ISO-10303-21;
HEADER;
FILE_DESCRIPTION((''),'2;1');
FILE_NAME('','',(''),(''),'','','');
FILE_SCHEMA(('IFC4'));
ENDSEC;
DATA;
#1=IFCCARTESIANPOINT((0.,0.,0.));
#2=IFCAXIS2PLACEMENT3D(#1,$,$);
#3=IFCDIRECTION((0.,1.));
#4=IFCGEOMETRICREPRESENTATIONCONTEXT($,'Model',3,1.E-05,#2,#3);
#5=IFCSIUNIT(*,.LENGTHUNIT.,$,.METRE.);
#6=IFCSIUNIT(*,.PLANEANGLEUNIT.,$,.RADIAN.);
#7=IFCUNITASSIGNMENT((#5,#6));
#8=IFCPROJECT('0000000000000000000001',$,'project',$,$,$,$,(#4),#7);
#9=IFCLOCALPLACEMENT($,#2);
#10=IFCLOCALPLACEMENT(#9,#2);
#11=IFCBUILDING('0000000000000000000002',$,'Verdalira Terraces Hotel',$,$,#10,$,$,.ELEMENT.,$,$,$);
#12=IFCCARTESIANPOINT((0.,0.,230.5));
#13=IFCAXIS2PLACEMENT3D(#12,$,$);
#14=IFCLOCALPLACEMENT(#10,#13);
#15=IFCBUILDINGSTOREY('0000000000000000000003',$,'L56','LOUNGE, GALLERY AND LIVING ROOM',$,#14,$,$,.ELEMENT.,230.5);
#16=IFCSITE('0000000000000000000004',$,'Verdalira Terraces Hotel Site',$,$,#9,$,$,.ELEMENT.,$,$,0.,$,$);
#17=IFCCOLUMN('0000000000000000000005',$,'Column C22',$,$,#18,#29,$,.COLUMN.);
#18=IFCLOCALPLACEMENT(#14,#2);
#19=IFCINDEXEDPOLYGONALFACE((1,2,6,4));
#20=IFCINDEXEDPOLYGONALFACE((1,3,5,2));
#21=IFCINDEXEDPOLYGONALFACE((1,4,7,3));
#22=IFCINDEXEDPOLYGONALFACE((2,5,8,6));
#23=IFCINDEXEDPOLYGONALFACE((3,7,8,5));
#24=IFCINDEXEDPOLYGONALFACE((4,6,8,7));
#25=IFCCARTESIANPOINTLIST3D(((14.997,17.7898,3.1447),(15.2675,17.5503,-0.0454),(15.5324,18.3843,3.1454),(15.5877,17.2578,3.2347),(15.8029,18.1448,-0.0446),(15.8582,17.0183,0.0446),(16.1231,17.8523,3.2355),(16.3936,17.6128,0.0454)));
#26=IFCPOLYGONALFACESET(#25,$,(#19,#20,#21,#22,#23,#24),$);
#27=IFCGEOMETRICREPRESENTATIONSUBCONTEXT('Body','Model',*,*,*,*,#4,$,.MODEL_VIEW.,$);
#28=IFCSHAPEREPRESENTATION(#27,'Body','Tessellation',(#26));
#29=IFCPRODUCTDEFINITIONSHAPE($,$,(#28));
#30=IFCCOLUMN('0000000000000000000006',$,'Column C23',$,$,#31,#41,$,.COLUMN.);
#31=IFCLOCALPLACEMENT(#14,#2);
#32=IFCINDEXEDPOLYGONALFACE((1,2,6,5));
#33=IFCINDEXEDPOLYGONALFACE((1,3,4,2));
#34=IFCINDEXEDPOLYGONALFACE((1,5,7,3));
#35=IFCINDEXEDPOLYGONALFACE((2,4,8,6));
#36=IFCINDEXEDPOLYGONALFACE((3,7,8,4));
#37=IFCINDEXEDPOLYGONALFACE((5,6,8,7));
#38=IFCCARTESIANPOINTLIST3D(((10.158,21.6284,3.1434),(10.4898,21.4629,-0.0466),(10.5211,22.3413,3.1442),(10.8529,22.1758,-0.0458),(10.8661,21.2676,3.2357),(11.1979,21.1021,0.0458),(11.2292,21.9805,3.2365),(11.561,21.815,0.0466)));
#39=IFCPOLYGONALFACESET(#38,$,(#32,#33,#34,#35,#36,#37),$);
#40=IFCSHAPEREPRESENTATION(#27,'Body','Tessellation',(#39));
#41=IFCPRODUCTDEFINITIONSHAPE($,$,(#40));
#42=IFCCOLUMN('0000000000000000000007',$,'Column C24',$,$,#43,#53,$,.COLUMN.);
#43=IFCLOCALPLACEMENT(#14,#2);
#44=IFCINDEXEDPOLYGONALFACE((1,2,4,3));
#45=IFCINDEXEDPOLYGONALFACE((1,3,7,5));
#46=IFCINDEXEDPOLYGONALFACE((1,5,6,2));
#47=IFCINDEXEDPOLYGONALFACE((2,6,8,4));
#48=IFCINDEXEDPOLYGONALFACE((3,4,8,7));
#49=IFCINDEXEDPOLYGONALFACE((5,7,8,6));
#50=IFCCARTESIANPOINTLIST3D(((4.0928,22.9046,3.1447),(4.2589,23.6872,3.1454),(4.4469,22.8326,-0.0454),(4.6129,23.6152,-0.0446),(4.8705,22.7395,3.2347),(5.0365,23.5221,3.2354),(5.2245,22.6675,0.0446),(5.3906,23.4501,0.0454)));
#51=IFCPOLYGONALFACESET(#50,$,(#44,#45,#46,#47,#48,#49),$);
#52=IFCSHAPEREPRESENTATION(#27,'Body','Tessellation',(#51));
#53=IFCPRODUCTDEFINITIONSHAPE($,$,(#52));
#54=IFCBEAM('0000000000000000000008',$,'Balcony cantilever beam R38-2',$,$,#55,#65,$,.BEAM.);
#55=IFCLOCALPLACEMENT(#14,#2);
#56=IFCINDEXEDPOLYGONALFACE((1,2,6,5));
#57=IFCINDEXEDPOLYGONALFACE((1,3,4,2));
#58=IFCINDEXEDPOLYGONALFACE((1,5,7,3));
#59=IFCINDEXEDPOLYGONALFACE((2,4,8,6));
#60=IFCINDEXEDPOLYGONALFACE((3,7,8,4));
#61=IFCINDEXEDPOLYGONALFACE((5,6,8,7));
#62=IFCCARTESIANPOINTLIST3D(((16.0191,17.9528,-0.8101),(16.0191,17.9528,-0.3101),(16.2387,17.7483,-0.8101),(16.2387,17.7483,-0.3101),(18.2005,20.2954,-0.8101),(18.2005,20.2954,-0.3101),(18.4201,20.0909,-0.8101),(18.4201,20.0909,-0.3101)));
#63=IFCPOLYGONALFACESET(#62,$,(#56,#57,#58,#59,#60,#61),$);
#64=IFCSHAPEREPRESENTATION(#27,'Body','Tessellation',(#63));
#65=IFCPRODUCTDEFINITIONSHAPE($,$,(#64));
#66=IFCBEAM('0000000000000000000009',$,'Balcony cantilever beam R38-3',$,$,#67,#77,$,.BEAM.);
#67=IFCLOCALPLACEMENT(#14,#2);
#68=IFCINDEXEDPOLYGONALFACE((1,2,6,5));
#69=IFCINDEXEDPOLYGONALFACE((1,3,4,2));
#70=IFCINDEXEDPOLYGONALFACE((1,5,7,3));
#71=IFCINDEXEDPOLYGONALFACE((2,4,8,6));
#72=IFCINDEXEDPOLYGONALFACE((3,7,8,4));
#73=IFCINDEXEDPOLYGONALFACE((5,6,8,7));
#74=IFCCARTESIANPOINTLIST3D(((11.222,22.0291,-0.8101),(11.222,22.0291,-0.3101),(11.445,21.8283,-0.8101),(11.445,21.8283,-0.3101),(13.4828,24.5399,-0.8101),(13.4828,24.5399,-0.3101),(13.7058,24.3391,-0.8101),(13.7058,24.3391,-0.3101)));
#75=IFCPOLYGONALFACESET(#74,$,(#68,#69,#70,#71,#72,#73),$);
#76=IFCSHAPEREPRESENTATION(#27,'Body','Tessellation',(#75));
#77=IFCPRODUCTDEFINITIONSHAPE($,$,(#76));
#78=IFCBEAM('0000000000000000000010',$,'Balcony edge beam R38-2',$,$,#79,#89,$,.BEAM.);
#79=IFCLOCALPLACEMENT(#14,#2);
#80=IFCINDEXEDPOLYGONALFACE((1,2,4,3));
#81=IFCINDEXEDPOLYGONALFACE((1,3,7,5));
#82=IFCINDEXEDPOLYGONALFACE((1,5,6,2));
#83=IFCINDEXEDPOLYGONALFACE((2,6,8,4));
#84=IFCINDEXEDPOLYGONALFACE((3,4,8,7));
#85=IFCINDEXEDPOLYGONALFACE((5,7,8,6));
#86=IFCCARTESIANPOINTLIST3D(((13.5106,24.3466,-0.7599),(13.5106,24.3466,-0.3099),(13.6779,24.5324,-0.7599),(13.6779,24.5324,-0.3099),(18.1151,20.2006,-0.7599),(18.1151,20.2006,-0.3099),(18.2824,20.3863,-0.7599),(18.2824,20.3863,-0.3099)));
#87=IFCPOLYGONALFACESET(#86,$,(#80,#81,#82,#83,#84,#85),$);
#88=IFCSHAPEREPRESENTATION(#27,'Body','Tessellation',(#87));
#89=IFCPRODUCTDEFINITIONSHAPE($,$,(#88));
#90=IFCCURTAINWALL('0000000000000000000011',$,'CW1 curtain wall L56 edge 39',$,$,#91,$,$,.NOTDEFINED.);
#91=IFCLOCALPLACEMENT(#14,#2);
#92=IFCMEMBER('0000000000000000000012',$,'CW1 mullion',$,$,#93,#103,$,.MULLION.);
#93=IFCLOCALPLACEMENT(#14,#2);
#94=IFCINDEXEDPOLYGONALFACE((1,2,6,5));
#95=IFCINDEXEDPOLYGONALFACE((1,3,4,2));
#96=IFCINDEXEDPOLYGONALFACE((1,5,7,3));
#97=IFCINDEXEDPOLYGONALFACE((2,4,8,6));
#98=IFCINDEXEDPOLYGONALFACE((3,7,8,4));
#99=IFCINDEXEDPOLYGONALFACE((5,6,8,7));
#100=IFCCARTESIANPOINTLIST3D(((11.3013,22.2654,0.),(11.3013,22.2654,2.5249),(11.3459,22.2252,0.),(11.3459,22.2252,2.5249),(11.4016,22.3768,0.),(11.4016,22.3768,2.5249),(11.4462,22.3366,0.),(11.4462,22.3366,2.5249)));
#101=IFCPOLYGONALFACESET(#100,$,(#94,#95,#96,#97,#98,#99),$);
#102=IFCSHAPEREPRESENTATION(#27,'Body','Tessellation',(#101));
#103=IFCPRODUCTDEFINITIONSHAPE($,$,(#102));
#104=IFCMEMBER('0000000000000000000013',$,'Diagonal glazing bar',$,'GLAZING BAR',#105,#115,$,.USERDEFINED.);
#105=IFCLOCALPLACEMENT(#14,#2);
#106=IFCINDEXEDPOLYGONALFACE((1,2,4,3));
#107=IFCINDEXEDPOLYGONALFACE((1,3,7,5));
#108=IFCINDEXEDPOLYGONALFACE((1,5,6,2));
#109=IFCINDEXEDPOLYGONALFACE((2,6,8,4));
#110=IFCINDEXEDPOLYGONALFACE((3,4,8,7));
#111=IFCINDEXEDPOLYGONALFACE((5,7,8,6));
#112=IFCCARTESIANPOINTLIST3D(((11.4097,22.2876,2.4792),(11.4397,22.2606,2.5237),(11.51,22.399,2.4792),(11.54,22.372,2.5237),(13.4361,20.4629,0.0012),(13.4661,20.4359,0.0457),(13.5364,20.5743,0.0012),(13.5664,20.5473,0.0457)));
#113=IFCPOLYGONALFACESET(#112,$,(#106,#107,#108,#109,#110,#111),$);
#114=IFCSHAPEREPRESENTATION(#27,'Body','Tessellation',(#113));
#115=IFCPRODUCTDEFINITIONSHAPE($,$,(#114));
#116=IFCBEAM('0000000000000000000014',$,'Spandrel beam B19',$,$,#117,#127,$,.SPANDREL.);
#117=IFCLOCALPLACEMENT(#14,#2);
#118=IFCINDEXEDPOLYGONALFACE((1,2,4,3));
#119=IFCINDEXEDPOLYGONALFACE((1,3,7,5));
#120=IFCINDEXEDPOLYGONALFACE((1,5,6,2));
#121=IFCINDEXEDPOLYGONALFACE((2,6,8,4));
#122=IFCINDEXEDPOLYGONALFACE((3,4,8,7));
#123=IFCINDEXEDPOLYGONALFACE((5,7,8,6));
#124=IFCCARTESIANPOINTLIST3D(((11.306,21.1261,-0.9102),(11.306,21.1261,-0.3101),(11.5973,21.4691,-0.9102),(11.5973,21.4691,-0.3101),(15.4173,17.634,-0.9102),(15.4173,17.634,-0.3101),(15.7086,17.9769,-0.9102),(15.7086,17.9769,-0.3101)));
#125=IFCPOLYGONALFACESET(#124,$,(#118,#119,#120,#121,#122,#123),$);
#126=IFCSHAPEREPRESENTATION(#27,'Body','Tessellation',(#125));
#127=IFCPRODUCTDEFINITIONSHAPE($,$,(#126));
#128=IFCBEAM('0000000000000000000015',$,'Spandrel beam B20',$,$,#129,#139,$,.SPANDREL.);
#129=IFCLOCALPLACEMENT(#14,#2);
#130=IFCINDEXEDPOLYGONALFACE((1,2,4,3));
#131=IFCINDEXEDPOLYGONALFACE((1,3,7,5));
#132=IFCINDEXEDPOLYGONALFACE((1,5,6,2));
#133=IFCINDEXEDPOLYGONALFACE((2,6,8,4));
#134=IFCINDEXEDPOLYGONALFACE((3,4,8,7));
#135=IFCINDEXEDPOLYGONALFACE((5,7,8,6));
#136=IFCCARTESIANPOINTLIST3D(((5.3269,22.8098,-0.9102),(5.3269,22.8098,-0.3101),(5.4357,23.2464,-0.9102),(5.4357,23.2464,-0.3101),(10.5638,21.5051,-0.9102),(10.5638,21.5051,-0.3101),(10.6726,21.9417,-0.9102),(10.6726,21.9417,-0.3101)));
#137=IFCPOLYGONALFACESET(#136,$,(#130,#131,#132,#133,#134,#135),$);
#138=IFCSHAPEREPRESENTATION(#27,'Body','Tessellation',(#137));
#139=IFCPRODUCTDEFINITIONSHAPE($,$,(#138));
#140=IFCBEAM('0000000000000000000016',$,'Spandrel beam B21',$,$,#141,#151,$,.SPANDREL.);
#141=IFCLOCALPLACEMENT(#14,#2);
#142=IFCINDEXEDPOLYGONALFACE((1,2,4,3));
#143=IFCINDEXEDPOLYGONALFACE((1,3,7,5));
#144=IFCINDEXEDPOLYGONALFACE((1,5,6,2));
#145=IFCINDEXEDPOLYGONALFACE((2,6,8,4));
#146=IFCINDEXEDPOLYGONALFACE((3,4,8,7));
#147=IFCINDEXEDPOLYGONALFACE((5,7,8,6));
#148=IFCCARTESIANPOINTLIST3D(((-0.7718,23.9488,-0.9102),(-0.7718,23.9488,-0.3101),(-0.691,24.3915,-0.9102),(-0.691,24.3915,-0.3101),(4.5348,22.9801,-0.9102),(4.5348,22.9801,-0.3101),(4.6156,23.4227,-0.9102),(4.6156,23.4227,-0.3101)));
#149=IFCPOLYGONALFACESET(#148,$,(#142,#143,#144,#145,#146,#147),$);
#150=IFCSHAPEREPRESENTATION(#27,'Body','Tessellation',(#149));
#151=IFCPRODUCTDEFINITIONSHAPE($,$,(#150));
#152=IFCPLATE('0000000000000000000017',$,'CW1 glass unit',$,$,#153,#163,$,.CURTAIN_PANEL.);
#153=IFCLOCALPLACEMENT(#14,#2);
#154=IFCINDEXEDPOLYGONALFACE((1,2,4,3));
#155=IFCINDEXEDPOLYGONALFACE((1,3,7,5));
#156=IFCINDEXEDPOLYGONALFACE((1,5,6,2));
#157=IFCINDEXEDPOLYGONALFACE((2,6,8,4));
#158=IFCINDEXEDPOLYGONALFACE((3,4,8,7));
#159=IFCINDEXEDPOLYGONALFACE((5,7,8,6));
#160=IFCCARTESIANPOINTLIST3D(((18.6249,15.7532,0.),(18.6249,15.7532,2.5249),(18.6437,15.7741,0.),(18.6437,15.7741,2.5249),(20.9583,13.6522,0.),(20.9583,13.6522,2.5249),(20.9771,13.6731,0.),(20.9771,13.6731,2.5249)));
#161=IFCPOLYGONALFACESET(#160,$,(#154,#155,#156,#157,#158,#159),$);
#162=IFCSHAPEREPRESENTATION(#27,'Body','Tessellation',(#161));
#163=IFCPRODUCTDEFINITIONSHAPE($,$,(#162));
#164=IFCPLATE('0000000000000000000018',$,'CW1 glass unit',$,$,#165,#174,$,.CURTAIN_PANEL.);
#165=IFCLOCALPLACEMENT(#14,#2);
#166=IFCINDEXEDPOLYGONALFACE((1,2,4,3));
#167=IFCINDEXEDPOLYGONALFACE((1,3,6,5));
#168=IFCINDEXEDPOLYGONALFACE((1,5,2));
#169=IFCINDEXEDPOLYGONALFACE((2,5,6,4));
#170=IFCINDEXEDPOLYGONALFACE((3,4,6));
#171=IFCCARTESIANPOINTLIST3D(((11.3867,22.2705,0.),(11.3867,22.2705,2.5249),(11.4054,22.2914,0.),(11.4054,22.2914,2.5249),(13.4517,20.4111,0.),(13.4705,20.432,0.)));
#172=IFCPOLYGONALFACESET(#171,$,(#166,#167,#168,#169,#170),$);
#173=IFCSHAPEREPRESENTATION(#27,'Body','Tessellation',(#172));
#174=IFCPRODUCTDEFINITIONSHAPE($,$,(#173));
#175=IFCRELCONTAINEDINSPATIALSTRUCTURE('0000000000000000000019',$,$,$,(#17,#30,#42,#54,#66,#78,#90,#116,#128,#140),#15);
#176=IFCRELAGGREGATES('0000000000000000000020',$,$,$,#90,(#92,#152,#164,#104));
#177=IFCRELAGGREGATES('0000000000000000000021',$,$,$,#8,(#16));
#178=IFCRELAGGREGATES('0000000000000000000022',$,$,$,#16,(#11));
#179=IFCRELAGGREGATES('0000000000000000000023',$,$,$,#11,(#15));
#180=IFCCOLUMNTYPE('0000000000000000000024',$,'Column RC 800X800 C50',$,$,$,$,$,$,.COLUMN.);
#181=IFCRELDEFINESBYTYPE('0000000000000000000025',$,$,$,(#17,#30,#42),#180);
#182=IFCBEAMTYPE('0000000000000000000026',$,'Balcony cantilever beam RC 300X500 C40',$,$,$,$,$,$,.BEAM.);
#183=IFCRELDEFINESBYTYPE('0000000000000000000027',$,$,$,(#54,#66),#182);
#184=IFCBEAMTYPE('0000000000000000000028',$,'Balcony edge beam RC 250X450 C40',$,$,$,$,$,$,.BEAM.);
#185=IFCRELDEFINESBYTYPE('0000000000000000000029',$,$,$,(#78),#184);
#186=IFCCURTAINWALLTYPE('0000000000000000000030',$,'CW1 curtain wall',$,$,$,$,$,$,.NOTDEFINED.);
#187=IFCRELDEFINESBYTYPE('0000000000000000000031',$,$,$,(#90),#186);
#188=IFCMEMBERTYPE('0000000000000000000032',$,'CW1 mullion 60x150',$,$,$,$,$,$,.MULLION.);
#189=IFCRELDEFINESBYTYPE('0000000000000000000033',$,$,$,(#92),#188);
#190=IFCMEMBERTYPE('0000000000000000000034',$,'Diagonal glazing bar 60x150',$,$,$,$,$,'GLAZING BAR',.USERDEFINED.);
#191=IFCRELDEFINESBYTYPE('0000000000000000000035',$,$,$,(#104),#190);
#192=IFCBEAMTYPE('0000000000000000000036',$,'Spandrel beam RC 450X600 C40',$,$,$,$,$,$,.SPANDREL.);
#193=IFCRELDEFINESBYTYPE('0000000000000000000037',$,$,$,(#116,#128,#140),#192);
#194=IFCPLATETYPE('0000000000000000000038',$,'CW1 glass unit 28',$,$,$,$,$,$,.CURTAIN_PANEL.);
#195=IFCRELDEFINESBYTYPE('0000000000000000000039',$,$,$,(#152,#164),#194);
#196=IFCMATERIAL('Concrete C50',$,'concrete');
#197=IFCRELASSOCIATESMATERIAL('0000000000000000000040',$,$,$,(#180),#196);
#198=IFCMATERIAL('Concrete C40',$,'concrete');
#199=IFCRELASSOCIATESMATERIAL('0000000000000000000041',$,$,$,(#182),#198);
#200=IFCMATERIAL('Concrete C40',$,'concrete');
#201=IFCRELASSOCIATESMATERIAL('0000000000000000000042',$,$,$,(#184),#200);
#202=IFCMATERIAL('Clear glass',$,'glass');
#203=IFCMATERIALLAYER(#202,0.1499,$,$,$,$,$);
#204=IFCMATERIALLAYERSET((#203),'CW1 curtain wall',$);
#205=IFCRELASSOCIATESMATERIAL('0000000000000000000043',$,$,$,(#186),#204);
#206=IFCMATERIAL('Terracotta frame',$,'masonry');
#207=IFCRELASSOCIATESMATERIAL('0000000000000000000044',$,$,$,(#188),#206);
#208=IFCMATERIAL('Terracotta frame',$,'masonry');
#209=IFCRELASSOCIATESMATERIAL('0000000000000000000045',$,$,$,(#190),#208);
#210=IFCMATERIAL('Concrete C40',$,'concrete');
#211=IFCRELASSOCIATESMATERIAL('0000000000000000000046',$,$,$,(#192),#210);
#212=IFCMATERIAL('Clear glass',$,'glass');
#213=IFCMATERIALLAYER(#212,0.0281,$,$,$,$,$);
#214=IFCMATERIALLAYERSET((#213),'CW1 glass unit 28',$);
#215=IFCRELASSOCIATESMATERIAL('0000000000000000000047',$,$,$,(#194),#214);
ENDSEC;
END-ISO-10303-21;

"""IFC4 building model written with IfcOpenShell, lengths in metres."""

from ifc_helpers import new_model, si_unit, direction, frame, origin, origin_2d, place, context, subcontext, project, spatial, polyline, rectangle, outline, extrude, material, layer, layer_set, material_profile, profile_set, type_object, element, aggregate, save


model = new_model("IFC4")

# Units and contexts
model_context = context("Model", 3, precision=1e-05, world=origin(), true_north=direction((0.0, 1.0)))
body_context = subcontext(model_context, "Body", "Model", "MODEL_VIEW")
ifc_project = project(units=[si_unit("LENGTHUNIT", "METRE"), si_unit("PLANEANGLEUNIT", "RADIAN")], contexts=[model_context])

# Site, building, storey
site_placement = place(None, origin())
site = spatial("IfcSite", under=ifc_project, at=site_placement, Name="Verdalira Terraces Hotel Site", CompositionType="ELEMENT", RefElevation=0.0)
building_placement = place(site_placement, origin())
building = spatial("IfcBuilding", under=site, at=building_placement, Name="Verdalira Terraces Hotel", CompositionType="ELEMENT")
storey_placement = place(building_placement, frame((0.0, 0.0, 230.5)))
storey = spatial("IfcBuildingStorey", under=building, at=storey_placement, Name="L56", Description="LOUNGE, GALLERY AND LIVING ROOM", CompositionType="ELEMENT", Elevation=230.5)

# Columns
ifc_material_1 = material(Name="Concrete C50", Category="concrete")
ifc_material_profile_1 = material_profile(ifc_material_1, rectangle(XDim=0.8, YDim=0.8, at=origin_2d()), Name="RC 800X800")
ifc_profile_set_1 = profile_set([ifc_material_profile_1], Name="Concrete C50")
column_type = type_object("IfcColumnType", Name="Column RC 800X800 C50", PredefinedType="COLUMN", material=ifc_profile_set_1)
column_1_placement = place(storey_placement, frame((15.8306, 17.5815, 0.0), z_axis=(-0.084262, 0.074603, 0.993647), x_axis=(-0.73834, 0.664973, -0.112538)))
element("IfcColumn", 1, at=column_1_placement, inside=storey, type_object=column_type, Name="Column C22", PredefinedType="COLUMN", context=body_context, shape_type="SweptSolid", body=[
    extrude(rectangle(XDim=0.8, YDim=0.8, at=origin_2d()), origin(), (0.0, 0.0, 1.0), 3.2104),
])
column_2_placement = place(storey_placement, frame((11.0254, 21.6389, 0.0), z_axis=(-0.103315, 0.051543, 0.993312), x_axis=(0.885041, -0.450968, 0.115454)))
element("IfcColumn", 2, at=column_2_placement, inside=storey, type_object=column_type, Name="Column C23", PredefinedType="COLUMN", context=body_context, shape_type="SweptSolid", body=[
    extrude(rectangle(XDim=0.8, YDim=0.8, at=origin_2d()), origin(), (0.0, 0.0, 1.0), 3.2114),
])
column_3_placement = place(storey_placement, frame((4.9187, 23.1414, 0.0), z_axis=(-0.11027, 0.022434, 0.993648), x_axis=(-0.971986, 0.206353, -0.112525)))
element("IfcColumn", 3, at=column_3_placement, inside=storey, type_object=column_type, Name="Column C24", PredefinedType="COLUMN", context=body_context, shape_type="SweptSolid", body=[
    extrude(rectangle(XDim=0.8, YDim=0.8, at=origin_2d()), origin(), (0.0, 0.0, 1.0), 3.2104),
])

# Beams
ifc_material_2 = material(Name="Concrete C40", Category="concrete")
ifc_material_profile_2 = material_profile(ifc_material_2, rectangle(XDim=0.3, YDim=0.5, at=origin_2d()), Name="RC 300X500")
ifc_profile_set_2 = profile_set([ifc_material_profile_2], Name="Concrete C40")
beam_type_1 = type_object("IfcBeamType", Name="Balcony cantilever beam RC 300X500 C40", PredefinedType="BEAM", material=ifc_profile_set_2)
beam_1_placement = place(storey_placement, frame((16.1289, 17.8506, -0.5601), z_axis=(0.681489, 0.731828, 0.0), x_axis=(-0.731828, 0.681489, 0.0)))
element("IfcBeam", 4, at=beam_1_placement, inside=storey, type_object=beam_type_1, Name="Balcony cantilever beam R38-2", PredefinedType="BEAM", context=body_context, shape_type="SweptSolid", body=[
    extrude(rectangle(XDim=0.3, YDim=0.5, at=origin_2d()), origin(), (0.0, 0.0, 1.0), 3.2009),
])
beam_2_placement = place(storey_placement, frame((11.3335, 21.9287, -0.5601), z_axis=(0.66914, 0.743136, 0.0), x_axis=(-0.743136, 0.66914, 0.0)))
element("IfcBeam", 5, at=beam_2_placement, inside=storey, type_object=beam_type_1, Name="Balcony cantilever beam R38-3", PredefinedType="BEAM", context=body_context, shape_type="SweptSolid", body=[
    extrude(rectangle(XDim=0.3, YDim=0.5, at=origin_2d()), origin(), (0.0, 0.0, 1.0), 3.3787),
])
ifc_material_3 = material(Name="Concrete C40", Category="concrete")
ifc_material_profile_3 = material_profile(ifc_material_3, rectangle(XDim=0.25, YDim=0.45, at=origin_2d()), Name="RC 250X450")
ifc_profile_set_3 = profile_set([ifc_material_profile_3], Name="Concrete C40")
beam_type_2 = type_object("IfcBeamType", Name="Balcony edge beam RC 250X450 C40", PredefinedType="BEAM", material=ifc_profile_set_3)
beam_3_placement = place(storey_placement, frame((18.1987, 20.2935, -0.5349), z_axis=(-0.743137, 0.669139, 0.0), x_axis=(-0.669139, -0.743137, 0.0)))
element("IfcBeam", 6, at=beam_3_placement, inside=storey, type_object=beam_type_2, Name="Balcony edge beam R38-2", PredefinedType="BEAM", context=body_context, shape_type="SweptSolid", body=[
    extrude(rectangle(XDim=0.25, YDim=0.45, at=origin_2d()), origin(), (0.0, 0.0, 1.0), 6.196),
])

# Curtain wall, members
ifc_material_4 = material(Name="Clear glass", Category="glass")
ifc_layer_1 = layer(ifc_material_4, 0.1499)
ifc_layer_set_1 = layer_set([ifc_layer_1], Name="CW1 curtain wall")
curtain_wall_type = type_object("IfcCurtainWallType", Name="CW1 curtain wall", PredefinedType="NOTDEFINED", material=ifc_layer_set_1)
curtain_wall_placement = place(storey_placement, origin())
curtain_wall = element("IfcCurtainWall", 7, at=curtain_wall_placement, inside=storey, type_object=curtain_wall_type, Name="CW1 curtain wall L56 edge 39", PredefinedType="NOTDEFINED")
ifc_material_5 = material(Name="Terracotta frame", Category="masonry")
ifc_material_profile_4 = material_profile(ifc_material_5, rectangle(XDim=0.0601, YDim=0.1499, at=origin_2d()), Name="MU 60x150")
ifc_profile_set_4 = profile_set([ifc_material_profile_4], Name="Terracotta frame")
member_type_1 = type_object("IfcMemberType", Name="CW1 mullion 60x150", PredefinedType="MULLION", material=ifc_profile_set_4)
member_1_placement = place(storey_placement, frame((11.3738, 22.301, 0.0), z_axis=(0.0, 0.0, 1.0), x_axis=(-0.743145, 0.669131, 0.0)))
member_1 = element("IfcMember", 8, at=member_1_placement, type_object=member_type_1, Name="CW1 mullion", PredefinedType="MULLION", context=body_context, shape_type="SweptSolid", body=[
    extrude(rectangle(XDim=0.0601, YDim=0.1499, at=origin_2d()), origin(), (0.0, 0.0, 1.0), 2.5249),
])
ifc_material_6 = material(Name="Terracotta frame", Category="masonry")
ifc_material_profile_5 = material_profile(ifc_material_6, rectangle(XDim=0.1499, YDim=0.0601, at=origin_2d()), Name="GB 60x150")
ifc_profile_set_5 = profile_set([ifc_material_profile_5], Name="Terracotta frame")
member_type_2 = type_object("IfcMemberType", Name="Diagonal glazing bar 60x150", ElementType="GLAZING BAR", PredefinedType="USERDEFINED", material=ifc_profile_set_5)
member_2_placement = place(storey_placement, frame((13.5012, 20.5051, 0.0234), z_axis=(-0.549955, 0.495224, 0.672535), x_axis=(-0.669163, -0.743116, 0.0)))
member_2 = element("IfcMember", 9, at=member_2_placement, type_object=member_type_2, Name="Diagonal glazing bar", ObjectType="GLAZING BAR", PredefinedType="USERDEFINED", context=body_context, shape_type="SweptSolid", body=[
    extrude(rectangle(XDim=0.1499, YDim=0.0601, at=origin_2d()), origin(), (0.0, 0.0, 1.0), 3.6846),
])

# Beams
ifc_material_7 = material(Name="Concrete C40", Category="concrete")
ifc_material_profile_6 = material_profile(ifc_material_7, rectangle(XDim=0.45, YDim=0.6001, at=origin_2d()), Name="RC 450X600")
ifc_profile_set_6 = profile_set([ifc_material_profile_6], Name="Concrete C40")
beam_type_3 = type_object("IfcBeamType", Name="Spandrel beam RC 450X600 C40", PredefinedType="SPANDREL", material=ifc_profile_set_6)
beam_4_placement = place(storey_placement, frame((15.563, 17.8054, -0.6101), z_axis=(-0.762163, 0.647386, 0.0), x_axis=(-0.647386, -0.762163, 0.0)))
element("IfcBeam", 10, at=beam_4_placement, inside=storey, type_object=beam_type_3, Name="Spandrel beam B19", PredefinedType="SPANDREL", context=body_context, shape_type="SweptSolid", body=[
    extrude(rectangle(XDim=0.45, YDim=0.6001, at=origin_2d()), origin(), (0.0, 0.0, 1.0), 5.3943),
])
beam_5_placement = place(storey_placement, frame((10.6182, 21.7234, -0.6101), z_axis=(-0.970339, 0.241748, 0.0), x_axis=(-0.241748, -0.970339, 0.0)))
element("IfcBeam", 11, at=beam_5_placement, inside=storey, type_object=beam_type_3, Name="Spandrel beam B20", PredefinedType="SPANDREL", context=body_context, shape_type="SweptSolid", body=[
    extrude(rectangle(XDim=0.45, YDim=0.6001, at=origin_2d()), origin(), (0.0, 0.0, 1.0), 5.397),
])
beam_6_placement = place(storey_placement, frame((4.5752, 23.2014, -0.6101), z_axis=(-0.983742, 0.179586, 0.0), x_axis=(-0.179586, -0.983742, 0.0)))
element("IfcBeam", 12, at=beam_6_placement, inside=storey, type_object=beam_type_3, Name="Spandrel beam B21", PredefinedType="SPANDREL", context=body_context, shape_type="SweptSolid", body=[
    extrude(rectangle(XDim=0.45, YDim=0.6001, at=origin_2d()), origin(), (0.0, 0.0, 1.0), 5.3943),
])

# Plates
ifc_material_8 = material(Name="Clear glass", Category="glass")
ifc_layer_2 = layer(ifc_material_8, 0.0281)
ifc_layer_set_2 = layer_set([ifc_layer_2], Name="CW1 glass unit 28")
plate_type = type_object("IfcPlateType", Name="CW1 glass unit 28", PredefinedType="CURTAIN_PANEL", material=ifc_layer_set_2)
plate_1_placement = place(storey_placement, frame((19.801, 14.7131, 0.0), z_axis=(0.0, 0.0, 1.0), x_axis=(-0.743145, 0.669131, 0.0)))
plate_1 = element("IfcPlate", 13, at=plate_1_placement, type_object=plate_type, Name="CW1 glass unit", PredefinedType="CURTAIN_PANEL", context=body_context, shape_type="SweptSolid", body=[
    extrude(rectangle(XDim=3.1399, YDim=0.0281, at=origin_2d()), origin(), (0.0, 0.0, 1.0), 2.5249),
])
plate_2_placement = place(storey_placement, frame((12.4192, 21.3408, 1.2625), z_axis=(0.669131, 0.743145, 0.0), x_axis=(-0.743145, 0.669131, 0.0)))
plate_2 = element("IfcPlate", 14, at=plate_2_placement, type_object=plate_type, Name="CW1 glass unit", PredefinedType="CURTAIN_PANEL", context=body_context, shape_type="SweptSolid", body=[
    extrude(outline(polyline([(-1.3894, -1.2625), (1.3894, -1.2625), (1.3894, 1.2625), (-1.3894, -1.2625)])), origin(), (0.0, 0.0, 1.0), 0.0281),
])
aggregate(curtain_wall, [member_1, plate_1, plate_2, member_2])

save(model, "model.ifc")
